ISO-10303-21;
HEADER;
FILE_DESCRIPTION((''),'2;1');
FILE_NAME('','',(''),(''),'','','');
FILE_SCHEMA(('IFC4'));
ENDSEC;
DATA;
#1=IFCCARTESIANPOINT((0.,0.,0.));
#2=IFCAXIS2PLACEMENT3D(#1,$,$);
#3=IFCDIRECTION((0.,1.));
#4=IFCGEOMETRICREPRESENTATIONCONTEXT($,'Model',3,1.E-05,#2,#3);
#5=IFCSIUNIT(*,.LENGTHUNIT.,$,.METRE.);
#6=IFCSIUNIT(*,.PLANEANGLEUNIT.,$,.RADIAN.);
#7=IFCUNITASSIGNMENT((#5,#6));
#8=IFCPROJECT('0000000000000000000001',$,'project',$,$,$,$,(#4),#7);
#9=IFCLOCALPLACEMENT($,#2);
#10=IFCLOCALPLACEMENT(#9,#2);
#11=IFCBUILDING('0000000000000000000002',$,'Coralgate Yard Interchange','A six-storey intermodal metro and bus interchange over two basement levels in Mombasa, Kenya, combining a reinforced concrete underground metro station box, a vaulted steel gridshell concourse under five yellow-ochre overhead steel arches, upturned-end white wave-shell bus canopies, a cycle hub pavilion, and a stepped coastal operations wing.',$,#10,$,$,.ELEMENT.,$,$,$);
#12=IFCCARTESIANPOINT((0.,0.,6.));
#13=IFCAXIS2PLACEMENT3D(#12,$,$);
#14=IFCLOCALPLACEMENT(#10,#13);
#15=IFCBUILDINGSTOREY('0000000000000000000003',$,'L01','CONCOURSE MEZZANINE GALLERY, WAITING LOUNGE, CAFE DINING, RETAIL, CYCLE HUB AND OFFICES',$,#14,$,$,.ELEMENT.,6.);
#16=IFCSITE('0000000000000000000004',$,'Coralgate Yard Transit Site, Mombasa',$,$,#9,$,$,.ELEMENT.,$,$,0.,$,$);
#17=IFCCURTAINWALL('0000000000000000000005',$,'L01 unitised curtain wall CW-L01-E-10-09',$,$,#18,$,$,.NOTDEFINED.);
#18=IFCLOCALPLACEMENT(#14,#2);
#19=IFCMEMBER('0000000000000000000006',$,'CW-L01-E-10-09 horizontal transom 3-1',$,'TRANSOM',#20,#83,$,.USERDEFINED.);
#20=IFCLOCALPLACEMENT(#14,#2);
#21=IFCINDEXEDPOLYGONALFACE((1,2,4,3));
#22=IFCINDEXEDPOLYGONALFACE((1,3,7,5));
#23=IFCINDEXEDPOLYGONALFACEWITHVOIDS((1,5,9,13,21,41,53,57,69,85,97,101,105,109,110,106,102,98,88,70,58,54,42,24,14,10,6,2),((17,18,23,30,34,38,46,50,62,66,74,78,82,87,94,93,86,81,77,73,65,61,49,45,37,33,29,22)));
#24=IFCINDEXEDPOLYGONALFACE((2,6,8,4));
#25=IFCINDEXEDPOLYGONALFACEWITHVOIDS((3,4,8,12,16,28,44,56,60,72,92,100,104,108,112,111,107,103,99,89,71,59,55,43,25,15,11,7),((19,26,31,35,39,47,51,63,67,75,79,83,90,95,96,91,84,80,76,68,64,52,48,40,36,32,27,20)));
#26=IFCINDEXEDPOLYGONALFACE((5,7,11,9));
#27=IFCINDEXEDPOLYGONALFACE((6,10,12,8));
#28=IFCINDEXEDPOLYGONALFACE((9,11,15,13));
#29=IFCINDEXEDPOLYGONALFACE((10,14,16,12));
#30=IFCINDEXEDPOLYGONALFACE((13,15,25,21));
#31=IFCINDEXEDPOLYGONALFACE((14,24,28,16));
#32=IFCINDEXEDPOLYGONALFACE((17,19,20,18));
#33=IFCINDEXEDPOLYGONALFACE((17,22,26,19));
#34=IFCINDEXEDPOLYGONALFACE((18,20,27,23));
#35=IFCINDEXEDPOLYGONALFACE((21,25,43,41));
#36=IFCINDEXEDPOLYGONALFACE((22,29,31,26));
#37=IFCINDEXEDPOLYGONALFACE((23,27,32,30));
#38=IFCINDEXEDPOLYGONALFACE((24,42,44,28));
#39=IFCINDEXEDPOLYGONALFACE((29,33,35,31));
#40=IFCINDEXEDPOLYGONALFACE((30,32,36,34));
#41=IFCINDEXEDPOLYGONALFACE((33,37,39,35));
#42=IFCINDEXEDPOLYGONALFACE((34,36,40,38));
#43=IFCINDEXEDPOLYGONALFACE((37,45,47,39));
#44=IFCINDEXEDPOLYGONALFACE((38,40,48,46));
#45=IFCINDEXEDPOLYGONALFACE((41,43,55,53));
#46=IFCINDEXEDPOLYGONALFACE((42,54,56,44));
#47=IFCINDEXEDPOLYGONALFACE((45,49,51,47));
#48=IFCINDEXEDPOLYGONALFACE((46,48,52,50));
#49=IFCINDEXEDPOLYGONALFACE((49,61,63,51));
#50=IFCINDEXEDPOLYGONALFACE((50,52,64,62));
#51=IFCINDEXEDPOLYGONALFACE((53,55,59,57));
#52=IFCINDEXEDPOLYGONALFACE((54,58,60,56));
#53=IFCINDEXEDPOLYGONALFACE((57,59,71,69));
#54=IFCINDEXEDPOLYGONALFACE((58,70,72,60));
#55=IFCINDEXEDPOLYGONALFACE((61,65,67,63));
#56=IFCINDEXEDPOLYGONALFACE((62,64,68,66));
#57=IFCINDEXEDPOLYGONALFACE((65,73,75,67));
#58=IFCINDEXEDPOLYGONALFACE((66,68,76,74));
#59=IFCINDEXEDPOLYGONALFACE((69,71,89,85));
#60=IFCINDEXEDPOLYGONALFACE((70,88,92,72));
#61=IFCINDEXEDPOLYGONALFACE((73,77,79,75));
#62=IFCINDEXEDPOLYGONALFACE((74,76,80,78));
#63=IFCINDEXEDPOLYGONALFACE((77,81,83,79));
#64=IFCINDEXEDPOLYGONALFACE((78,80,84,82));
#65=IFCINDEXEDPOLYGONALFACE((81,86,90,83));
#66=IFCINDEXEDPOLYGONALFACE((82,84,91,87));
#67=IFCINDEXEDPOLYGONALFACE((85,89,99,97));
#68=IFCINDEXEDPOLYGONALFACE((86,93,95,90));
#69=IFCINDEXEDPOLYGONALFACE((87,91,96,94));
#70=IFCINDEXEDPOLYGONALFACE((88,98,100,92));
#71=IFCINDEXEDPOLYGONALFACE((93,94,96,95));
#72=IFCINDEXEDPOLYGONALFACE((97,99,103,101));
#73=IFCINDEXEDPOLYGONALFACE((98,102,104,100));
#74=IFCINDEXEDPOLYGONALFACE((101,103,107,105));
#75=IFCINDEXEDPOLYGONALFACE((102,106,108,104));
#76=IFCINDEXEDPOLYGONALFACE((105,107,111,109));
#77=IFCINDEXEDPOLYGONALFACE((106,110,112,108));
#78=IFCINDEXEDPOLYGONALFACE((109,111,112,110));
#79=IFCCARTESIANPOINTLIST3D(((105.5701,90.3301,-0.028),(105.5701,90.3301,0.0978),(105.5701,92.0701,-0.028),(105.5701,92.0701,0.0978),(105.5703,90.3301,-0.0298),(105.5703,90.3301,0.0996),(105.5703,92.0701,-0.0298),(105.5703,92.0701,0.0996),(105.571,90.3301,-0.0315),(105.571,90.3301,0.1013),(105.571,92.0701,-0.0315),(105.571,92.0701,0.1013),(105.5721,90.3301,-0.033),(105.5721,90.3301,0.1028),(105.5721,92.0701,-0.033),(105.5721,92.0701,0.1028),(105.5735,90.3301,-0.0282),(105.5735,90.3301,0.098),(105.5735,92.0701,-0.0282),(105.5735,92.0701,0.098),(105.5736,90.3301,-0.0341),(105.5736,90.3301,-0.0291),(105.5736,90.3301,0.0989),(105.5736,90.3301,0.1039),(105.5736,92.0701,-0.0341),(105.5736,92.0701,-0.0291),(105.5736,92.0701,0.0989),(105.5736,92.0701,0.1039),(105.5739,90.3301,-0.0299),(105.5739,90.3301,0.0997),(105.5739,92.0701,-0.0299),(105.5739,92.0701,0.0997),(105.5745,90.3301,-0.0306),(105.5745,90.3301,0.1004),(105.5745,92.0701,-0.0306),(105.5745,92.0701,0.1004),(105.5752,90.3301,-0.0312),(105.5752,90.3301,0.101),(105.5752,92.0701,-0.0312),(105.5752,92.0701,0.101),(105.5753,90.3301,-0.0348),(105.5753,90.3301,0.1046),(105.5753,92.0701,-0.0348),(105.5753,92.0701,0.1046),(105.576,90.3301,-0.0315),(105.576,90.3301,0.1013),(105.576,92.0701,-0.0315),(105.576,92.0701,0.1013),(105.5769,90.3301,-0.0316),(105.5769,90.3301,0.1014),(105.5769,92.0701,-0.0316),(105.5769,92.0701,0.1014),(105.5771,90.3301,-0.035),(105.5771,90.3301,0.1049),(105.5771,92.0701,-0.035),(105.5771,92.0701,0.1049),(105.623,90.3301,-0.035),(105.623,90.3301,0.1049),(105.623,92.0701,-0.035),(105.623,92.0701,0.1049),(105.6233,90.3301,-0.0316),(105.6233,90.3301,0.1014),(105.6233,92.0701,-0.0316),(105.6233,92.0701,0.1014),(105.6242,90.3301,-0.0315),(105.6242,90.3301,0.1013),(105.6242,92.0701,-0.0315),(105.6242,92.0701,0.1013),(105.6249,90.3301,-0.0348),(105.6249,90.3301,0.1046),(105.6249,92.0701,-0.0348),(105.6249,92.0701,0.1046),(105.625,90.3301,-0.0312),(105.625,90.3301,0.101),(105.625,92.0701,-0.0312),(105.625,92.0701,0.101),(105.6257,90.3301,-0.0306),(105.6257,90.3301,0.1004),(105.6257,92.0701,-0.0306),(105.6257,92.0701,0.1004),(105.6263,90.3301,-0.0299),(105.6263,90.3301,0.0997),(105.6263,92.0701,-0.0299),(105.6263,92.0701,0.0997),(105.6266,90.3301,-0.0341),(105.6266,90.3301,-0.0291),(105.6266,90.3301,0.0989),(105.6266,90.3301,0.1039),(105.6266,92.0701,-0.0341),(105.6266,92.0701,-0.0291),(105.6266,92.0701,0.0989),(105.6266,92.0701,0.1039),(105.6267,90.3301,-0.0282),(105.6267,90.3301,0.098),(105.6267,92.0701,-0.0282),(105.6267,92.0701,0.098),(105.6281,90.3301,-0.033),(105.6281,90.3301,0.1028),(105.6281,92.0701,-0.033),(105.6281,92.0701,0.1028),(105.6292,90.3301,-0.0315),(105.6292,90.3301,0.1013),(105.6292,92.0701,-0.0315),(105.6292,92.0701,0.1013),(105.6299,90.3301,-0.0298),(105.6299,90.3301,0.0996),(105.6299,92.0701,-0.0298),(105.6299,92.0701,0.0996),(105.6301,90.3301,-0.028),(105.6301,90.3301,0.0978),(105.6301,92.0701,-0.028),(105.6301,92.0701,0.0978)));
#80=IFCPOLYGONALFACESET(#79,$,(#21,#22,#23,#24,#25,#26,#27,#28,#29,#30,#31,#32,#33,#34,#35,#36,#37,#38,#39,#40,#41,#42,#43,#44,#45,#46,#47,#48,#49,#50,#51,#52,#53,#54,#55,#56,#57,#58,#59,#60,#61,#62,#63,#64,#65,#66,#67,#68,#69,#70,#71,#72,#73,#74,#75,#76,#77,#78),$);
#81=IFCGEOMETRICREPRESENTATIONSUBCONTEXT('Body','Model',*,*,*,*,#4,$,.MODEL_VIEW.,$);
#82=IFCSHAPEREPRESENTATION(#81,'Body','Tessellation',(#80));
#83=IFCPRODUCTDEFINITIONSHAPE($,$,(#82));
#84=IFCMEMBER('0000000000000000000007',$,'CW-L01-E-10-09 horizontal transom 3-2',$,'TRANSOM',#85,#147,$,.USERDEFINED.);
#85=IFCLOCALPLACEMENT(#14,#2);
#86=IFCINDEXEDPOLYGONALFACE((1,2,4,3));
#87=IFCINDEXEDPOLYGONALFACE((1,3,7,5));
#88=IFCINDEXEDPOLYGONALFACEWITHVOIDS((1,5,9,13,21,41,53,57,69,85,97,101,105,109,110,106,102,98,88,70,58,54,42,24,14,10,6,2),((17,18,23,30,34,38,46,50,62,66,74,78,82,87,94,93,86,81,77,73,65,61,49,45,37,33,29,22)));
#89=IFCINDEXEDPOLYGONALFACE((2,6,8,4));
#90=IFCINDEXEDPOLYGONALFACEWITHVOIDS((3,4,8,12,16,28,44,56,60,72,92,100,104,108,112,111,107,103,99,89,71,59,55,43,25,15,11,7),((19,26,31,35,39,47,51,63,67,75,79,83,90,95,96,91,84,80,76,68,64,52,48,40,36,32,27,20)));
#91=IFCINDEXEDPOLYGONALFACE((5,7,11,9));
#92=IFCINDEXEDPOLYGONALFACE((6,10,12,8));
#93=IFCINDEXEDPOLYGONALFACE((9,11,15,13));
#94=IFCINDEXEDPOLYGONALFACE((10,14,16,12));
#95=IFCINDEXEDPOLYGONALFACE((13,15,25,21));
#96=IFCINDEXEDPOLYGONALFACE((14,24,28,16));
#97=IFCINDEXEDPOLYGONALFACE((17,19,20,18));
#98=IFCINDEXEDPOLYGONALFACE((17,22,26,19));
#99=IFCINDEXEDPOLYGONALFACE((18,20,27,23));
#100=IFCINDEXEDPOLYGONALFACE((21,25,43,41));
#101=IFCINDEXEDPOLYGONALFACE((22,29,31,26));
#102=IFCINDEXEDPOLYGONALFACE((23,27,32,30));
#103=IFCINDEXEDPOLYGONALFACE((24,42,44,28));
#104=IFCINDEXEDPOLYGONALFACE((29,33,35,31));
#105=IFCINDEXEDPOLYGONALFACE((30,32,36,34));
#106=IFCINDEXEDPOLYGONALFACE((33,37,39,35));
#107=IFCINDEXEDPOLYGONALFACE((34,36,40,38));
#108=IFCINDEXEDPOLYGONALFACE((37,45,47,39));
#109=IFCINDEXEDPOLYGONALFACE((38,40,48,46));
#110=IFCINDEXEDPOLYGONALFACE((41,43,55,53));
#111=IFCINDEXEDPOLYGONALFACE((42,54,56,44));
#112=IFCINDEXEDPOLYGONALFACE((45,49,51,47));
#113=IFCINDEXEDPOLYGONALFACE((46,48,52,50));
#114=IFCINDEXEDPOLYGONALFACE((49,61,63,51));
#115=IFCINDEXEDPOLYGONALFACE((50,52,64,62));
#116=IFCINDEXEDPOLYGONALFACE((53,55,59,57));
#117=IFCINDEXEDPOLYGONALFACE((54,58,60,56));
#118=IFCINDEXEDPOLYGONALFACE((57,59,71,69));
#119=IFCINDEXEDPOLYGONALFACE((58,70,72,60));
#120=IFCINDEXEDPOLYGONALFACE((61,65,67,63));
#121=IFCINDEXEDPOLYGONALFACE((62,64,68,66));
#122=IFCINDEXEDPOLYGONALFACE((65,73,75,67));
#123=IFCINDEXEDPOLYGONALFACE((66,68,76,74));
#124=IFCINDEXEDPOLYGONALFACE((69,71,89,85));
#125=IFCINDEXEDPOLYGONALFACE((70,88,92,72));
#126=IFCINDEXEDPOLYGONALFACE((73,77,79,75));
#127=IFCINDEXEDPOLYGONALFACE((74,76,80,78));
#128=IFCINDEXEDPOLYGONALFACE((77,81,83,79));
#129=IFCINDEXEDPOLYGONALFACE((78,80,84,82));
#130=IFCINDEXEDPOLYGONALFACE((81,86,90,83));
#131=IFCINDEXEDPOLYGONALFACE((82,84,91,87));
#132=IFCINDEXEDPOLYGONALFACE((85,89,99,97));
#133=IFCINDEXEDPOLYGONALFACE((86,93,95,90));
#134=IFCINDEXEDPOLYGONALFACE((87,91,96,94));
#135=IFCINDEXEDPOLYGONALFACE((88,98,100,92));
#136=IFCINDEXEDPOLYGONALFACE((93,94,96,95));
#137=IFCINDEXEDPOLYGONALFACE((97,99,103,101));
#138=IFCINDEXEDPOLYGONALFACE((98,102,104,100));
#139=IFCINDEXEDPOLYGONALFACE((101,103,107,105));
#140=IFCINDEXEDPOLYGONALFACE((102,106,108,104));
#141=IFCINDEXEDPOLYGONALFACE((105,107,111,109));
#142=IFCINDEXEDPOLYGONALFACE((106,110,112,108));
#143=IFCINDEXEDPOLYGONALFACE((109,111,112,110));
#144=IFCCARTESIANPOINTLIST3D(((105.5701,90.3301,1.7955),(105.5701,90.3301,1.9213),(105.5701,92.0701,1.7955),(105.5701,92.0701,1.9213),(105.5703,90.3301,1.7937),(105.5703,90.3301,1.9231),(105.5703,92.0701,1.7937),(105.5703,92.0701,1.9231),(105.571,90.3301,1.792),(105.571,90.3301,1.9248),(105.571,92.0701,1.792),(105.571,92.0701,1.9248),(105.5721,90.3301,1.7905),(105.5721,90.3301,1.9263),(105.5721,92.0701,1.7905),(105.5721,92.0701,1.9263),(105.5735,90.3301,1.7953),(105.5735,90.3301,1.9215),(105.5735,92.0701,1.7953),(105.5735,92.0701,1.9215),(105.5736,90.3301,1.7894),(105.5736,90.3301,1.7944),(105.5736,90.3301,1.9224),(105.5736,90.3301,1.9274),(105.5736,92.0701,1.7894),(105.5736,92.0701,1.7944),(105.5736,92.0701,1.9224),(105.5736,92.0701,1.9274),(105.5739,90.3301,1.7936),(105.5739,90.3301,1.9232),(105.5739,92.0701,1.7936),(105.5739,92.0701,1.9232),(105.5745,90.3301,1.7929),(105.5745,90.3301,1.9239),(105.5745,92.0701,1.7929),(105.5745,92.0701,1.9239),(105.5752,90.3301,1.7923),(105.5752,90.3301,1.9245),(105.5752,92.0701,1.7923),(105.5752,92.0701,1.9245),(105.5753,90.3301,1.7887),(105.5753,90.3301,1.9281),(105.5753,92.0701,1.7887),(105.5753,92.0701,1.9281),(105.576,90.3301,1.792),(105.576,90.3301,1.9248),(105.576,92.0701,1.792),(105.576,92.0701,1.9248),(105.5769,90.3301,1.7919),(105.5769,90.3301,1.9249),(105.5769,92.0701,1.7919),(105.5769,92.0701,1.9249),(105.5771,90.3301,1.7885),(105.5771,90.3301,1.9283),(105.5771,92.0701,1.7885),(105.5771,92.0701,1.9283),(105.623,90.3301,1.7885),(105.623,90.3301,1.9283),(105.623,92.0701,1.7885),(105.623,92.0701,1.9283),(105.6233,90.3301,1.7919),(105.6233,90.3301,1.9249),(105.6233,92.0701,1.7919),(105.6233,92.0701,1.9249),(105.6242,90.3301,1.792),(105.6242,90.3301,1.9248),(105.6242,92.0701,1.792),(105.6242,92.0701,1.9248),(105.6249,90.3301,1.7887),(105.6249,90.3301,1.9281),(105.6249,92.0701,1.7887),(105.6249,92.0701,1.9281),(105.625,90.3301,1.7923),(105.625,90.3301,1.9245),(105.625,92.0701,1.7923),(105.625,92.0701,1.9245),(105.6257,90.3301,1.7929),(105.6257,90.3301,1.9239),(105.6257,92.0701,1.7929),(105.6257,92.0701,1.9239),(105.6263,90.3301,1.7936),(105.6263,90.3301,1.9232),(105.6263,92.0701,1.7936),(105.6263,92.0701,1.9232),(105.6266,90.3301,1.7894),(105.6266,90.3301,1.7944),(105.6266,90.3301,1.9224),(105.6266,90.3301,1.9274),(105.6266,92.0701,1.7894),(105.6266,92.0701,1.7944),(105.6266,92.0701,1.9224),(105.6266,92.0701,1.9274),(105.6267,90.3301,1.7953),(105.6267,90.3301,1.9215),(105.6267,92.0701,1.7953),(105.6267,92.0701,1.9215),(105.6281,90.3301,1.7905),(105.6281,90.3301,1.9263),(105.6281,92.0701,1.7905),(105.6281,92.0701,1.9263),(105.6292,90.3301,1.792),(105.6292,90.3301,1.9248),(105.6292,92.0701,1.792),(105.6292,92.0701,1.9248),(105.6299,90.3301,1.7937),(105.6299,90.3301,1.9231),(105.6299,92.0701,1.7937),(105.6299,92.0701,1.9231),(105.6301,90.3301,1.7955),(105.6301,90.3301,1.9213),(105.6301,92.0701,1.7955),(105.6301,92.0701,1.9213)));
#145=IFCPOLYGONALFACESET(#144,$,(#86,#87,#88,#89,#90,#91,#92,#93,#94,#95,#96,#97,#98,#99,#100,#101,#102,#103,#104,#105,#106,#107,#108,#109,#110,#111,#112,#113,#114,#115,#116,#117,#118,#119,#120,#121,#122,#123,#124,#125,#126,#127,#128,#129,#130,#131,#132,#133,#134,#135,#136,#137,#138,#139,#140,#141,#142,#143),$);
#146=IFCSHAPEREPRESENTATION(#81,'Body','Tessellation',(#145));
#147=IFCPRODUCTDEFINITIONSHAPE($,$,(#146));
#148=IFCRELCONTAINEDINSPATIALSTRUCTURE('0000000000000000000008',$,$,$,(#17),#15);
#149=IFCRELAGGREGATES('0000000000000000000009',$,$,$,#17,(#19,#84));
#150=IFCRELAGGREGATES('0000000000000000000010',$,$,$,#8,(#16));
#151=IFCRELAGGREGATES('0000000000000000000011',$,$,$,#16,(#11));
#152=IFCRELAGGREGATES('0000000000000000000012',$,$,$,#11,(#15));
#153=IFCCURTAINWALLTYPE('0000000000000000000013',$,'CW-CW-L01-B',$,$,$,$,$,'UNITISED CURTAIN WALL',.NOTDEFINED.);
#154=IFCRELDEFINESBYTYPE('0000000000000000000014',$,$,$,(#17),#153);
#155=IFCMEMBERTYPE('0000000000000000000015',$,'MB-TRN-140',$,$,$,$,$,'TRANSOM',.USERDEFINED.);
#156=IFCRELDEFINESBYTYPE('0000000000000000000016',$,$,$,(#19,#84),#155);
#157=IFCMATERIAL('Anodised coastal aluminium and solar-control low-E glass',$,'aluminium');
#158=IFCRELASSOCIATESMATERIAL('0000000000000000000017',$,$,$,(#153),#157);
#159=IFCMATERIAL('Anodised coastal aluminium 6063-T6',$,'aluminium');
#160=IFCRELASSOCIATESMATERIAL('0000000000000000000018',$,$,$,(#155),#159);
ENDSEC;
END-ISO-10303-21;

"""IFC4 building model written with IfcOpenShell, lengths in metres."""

from ifc_helpers import new_model, si_unit, direction, frame, origin, origin_2d, place, context, subcontext, project, spatial, hollow_rectangle, extrude, material, material_profile, profile_set, type_object, element, aggregate, save


model = new_model("IFC4")

# Units and contexts
model_context = context("Model", 3, precision=1e-05, world=origin(), true_north=direction((0.0, 1.0)))
body_context = subcontext(model_context, "Body", "Model", "MODEL_VIEW")
ifc_project = project(units=[si_unit("LENGTHUNIT", "METRE"), si_unit("PLANEANGLEUNIT", "RADIAN")], contexts=[model_context])

# Site, building, storey
site_placement = place(None, origin())
site = spatial("IfcSite", under=ifc_project, at=site_placement, Name="Coralgate Yard Transit Site, Mombasa", CompositionType="ELEMENT", RefElevation=0.0)
building_placement = place(site_placement, origin())
building = spatial("IfcBuilding", under=site, at=building_placement, Name="Coralgate Yard Interchange", Description="A six-storey intermodal metro and bus interchange over two basement levels in Mombasa, Kenya, combining a reinforced concrete underground metro station box, a vaulted steel gridshell concourse under five yellow-ochre overhead steel arches, upturned-end white wave-shell bus canopies, a cycle hub pavilion, and a stepped coastal operations wing.", CompositionType="ELEMENT")
storey_placement = place(building_placement, frame((0.0, 0.0, 6.0)))
storey = spatial("IfcBuildingStorey", under=building, at=storey_placement, Name="L01", Description="CONCOURSE MEZZANINE GALLERY, WAITING LOUNGE, CAFE DINING, RETAIL, CYCLE HUB AND OFFICES", CompositionType="ELEMENT", Elevation=6.0)

# Curtain wall, members
ifc_material_1 = material(Name="Anodised coastal aluminium and solar-control low-E glass", Category="aluminium")
curtain_wall_type = type_object("IfcCurtainWallType", Name="CW-CW-L01-B", ElementType="UNITISED CURTAIN WALL", PredefinedType="NOTDEFINED", material=ifc_material_1)
curtain_wall_placement = place(storey_placement, origin())
curtain_wall = element("IfcCurtainWall", 1, at=curtain_wall_placement, inside=storey, type_object=curtain_wall_type, Name="L01 unitised curtain wall CW-L01-E-10-09", PredefinedType="NOTDEFINED")
ifc_material_2 = material(Name="Anodised coastal aluminium 6063-T6", Category="aluminium")
ifc_material_profile_1 = material_profile(ifc_material_2, hollow_rectangle(XDim=0.0601, YDim=0.1399, WallThickness=0.0034, InnerFilletRadius=0.0034, OuterFilletRadius=0.0071, at=origin_2d()), Name="ALU 60x140x3.5")
ifc_profile_set_1 = profile_set([ifc_material_profile_1], Name="Anodised coastal aluminium 6063-T6")
member_type_1 = type_object("IfcMemberType", Name="MB-TRN-140", ElementType="TRANSOM", PredefinedType="USERDEFINED", material=ifc_profile_set_1)
member_1_placement = place(storey_placement, frame((105.6001, 92.0701, 0.0349), z_axis=(0.0, -1.0, 0.0), x_axis=(1.0, 0.0, 0.0)))
member_1 = element("IfcMember", 2, at=member_1_placement, type_object=member_type_1, Name="CW-L01-E-10-09 horizontal transom 3-1", ObjectType="TRANSOM", PredefinedType="USERDEFINED", context=body_context, shape_type="SweptSolid", body=[
    extrude(hollow_rectangle(XDim=0.0601, YDim=0.1399, WallThickness=0.0034, InnerFilletRadius=0.0034, OuterFilletRadius=0.0071, at=origin_2d()), origin(), (0.0, 0.0, 1.0), 1.74),
])
member_2_placement = place(storey_placement, frame((105.6001, 92.0701, 1.8584), z_axis=(0.0, -1.0, 0.0), x_axis=(1.0, 0.0, 0.0)))
member_2 = element("IfcMember", 3, at=member_2_placement, type_object=member_type_1, Name="CW-L01-E-10-09 horizontal transom 3-2", ObjectType="TRANSOM", PredefinedType="USERDEFINED", context=body_context, shape_type="SweptSolid", body=[
    extrude(hollow_rectangle(XDim=0.0601, YDim=0.1399, WallThickness=0.0034, InnerFilletRadius=0.0034, OuterFilletRadius=0.0071, at=origin_2d()), origin(), (0.0, 0.0, 1.0), 1.74),
])
aggregate(curtain_wall, [member_1, member_2])

save(model, "model.ifc")
